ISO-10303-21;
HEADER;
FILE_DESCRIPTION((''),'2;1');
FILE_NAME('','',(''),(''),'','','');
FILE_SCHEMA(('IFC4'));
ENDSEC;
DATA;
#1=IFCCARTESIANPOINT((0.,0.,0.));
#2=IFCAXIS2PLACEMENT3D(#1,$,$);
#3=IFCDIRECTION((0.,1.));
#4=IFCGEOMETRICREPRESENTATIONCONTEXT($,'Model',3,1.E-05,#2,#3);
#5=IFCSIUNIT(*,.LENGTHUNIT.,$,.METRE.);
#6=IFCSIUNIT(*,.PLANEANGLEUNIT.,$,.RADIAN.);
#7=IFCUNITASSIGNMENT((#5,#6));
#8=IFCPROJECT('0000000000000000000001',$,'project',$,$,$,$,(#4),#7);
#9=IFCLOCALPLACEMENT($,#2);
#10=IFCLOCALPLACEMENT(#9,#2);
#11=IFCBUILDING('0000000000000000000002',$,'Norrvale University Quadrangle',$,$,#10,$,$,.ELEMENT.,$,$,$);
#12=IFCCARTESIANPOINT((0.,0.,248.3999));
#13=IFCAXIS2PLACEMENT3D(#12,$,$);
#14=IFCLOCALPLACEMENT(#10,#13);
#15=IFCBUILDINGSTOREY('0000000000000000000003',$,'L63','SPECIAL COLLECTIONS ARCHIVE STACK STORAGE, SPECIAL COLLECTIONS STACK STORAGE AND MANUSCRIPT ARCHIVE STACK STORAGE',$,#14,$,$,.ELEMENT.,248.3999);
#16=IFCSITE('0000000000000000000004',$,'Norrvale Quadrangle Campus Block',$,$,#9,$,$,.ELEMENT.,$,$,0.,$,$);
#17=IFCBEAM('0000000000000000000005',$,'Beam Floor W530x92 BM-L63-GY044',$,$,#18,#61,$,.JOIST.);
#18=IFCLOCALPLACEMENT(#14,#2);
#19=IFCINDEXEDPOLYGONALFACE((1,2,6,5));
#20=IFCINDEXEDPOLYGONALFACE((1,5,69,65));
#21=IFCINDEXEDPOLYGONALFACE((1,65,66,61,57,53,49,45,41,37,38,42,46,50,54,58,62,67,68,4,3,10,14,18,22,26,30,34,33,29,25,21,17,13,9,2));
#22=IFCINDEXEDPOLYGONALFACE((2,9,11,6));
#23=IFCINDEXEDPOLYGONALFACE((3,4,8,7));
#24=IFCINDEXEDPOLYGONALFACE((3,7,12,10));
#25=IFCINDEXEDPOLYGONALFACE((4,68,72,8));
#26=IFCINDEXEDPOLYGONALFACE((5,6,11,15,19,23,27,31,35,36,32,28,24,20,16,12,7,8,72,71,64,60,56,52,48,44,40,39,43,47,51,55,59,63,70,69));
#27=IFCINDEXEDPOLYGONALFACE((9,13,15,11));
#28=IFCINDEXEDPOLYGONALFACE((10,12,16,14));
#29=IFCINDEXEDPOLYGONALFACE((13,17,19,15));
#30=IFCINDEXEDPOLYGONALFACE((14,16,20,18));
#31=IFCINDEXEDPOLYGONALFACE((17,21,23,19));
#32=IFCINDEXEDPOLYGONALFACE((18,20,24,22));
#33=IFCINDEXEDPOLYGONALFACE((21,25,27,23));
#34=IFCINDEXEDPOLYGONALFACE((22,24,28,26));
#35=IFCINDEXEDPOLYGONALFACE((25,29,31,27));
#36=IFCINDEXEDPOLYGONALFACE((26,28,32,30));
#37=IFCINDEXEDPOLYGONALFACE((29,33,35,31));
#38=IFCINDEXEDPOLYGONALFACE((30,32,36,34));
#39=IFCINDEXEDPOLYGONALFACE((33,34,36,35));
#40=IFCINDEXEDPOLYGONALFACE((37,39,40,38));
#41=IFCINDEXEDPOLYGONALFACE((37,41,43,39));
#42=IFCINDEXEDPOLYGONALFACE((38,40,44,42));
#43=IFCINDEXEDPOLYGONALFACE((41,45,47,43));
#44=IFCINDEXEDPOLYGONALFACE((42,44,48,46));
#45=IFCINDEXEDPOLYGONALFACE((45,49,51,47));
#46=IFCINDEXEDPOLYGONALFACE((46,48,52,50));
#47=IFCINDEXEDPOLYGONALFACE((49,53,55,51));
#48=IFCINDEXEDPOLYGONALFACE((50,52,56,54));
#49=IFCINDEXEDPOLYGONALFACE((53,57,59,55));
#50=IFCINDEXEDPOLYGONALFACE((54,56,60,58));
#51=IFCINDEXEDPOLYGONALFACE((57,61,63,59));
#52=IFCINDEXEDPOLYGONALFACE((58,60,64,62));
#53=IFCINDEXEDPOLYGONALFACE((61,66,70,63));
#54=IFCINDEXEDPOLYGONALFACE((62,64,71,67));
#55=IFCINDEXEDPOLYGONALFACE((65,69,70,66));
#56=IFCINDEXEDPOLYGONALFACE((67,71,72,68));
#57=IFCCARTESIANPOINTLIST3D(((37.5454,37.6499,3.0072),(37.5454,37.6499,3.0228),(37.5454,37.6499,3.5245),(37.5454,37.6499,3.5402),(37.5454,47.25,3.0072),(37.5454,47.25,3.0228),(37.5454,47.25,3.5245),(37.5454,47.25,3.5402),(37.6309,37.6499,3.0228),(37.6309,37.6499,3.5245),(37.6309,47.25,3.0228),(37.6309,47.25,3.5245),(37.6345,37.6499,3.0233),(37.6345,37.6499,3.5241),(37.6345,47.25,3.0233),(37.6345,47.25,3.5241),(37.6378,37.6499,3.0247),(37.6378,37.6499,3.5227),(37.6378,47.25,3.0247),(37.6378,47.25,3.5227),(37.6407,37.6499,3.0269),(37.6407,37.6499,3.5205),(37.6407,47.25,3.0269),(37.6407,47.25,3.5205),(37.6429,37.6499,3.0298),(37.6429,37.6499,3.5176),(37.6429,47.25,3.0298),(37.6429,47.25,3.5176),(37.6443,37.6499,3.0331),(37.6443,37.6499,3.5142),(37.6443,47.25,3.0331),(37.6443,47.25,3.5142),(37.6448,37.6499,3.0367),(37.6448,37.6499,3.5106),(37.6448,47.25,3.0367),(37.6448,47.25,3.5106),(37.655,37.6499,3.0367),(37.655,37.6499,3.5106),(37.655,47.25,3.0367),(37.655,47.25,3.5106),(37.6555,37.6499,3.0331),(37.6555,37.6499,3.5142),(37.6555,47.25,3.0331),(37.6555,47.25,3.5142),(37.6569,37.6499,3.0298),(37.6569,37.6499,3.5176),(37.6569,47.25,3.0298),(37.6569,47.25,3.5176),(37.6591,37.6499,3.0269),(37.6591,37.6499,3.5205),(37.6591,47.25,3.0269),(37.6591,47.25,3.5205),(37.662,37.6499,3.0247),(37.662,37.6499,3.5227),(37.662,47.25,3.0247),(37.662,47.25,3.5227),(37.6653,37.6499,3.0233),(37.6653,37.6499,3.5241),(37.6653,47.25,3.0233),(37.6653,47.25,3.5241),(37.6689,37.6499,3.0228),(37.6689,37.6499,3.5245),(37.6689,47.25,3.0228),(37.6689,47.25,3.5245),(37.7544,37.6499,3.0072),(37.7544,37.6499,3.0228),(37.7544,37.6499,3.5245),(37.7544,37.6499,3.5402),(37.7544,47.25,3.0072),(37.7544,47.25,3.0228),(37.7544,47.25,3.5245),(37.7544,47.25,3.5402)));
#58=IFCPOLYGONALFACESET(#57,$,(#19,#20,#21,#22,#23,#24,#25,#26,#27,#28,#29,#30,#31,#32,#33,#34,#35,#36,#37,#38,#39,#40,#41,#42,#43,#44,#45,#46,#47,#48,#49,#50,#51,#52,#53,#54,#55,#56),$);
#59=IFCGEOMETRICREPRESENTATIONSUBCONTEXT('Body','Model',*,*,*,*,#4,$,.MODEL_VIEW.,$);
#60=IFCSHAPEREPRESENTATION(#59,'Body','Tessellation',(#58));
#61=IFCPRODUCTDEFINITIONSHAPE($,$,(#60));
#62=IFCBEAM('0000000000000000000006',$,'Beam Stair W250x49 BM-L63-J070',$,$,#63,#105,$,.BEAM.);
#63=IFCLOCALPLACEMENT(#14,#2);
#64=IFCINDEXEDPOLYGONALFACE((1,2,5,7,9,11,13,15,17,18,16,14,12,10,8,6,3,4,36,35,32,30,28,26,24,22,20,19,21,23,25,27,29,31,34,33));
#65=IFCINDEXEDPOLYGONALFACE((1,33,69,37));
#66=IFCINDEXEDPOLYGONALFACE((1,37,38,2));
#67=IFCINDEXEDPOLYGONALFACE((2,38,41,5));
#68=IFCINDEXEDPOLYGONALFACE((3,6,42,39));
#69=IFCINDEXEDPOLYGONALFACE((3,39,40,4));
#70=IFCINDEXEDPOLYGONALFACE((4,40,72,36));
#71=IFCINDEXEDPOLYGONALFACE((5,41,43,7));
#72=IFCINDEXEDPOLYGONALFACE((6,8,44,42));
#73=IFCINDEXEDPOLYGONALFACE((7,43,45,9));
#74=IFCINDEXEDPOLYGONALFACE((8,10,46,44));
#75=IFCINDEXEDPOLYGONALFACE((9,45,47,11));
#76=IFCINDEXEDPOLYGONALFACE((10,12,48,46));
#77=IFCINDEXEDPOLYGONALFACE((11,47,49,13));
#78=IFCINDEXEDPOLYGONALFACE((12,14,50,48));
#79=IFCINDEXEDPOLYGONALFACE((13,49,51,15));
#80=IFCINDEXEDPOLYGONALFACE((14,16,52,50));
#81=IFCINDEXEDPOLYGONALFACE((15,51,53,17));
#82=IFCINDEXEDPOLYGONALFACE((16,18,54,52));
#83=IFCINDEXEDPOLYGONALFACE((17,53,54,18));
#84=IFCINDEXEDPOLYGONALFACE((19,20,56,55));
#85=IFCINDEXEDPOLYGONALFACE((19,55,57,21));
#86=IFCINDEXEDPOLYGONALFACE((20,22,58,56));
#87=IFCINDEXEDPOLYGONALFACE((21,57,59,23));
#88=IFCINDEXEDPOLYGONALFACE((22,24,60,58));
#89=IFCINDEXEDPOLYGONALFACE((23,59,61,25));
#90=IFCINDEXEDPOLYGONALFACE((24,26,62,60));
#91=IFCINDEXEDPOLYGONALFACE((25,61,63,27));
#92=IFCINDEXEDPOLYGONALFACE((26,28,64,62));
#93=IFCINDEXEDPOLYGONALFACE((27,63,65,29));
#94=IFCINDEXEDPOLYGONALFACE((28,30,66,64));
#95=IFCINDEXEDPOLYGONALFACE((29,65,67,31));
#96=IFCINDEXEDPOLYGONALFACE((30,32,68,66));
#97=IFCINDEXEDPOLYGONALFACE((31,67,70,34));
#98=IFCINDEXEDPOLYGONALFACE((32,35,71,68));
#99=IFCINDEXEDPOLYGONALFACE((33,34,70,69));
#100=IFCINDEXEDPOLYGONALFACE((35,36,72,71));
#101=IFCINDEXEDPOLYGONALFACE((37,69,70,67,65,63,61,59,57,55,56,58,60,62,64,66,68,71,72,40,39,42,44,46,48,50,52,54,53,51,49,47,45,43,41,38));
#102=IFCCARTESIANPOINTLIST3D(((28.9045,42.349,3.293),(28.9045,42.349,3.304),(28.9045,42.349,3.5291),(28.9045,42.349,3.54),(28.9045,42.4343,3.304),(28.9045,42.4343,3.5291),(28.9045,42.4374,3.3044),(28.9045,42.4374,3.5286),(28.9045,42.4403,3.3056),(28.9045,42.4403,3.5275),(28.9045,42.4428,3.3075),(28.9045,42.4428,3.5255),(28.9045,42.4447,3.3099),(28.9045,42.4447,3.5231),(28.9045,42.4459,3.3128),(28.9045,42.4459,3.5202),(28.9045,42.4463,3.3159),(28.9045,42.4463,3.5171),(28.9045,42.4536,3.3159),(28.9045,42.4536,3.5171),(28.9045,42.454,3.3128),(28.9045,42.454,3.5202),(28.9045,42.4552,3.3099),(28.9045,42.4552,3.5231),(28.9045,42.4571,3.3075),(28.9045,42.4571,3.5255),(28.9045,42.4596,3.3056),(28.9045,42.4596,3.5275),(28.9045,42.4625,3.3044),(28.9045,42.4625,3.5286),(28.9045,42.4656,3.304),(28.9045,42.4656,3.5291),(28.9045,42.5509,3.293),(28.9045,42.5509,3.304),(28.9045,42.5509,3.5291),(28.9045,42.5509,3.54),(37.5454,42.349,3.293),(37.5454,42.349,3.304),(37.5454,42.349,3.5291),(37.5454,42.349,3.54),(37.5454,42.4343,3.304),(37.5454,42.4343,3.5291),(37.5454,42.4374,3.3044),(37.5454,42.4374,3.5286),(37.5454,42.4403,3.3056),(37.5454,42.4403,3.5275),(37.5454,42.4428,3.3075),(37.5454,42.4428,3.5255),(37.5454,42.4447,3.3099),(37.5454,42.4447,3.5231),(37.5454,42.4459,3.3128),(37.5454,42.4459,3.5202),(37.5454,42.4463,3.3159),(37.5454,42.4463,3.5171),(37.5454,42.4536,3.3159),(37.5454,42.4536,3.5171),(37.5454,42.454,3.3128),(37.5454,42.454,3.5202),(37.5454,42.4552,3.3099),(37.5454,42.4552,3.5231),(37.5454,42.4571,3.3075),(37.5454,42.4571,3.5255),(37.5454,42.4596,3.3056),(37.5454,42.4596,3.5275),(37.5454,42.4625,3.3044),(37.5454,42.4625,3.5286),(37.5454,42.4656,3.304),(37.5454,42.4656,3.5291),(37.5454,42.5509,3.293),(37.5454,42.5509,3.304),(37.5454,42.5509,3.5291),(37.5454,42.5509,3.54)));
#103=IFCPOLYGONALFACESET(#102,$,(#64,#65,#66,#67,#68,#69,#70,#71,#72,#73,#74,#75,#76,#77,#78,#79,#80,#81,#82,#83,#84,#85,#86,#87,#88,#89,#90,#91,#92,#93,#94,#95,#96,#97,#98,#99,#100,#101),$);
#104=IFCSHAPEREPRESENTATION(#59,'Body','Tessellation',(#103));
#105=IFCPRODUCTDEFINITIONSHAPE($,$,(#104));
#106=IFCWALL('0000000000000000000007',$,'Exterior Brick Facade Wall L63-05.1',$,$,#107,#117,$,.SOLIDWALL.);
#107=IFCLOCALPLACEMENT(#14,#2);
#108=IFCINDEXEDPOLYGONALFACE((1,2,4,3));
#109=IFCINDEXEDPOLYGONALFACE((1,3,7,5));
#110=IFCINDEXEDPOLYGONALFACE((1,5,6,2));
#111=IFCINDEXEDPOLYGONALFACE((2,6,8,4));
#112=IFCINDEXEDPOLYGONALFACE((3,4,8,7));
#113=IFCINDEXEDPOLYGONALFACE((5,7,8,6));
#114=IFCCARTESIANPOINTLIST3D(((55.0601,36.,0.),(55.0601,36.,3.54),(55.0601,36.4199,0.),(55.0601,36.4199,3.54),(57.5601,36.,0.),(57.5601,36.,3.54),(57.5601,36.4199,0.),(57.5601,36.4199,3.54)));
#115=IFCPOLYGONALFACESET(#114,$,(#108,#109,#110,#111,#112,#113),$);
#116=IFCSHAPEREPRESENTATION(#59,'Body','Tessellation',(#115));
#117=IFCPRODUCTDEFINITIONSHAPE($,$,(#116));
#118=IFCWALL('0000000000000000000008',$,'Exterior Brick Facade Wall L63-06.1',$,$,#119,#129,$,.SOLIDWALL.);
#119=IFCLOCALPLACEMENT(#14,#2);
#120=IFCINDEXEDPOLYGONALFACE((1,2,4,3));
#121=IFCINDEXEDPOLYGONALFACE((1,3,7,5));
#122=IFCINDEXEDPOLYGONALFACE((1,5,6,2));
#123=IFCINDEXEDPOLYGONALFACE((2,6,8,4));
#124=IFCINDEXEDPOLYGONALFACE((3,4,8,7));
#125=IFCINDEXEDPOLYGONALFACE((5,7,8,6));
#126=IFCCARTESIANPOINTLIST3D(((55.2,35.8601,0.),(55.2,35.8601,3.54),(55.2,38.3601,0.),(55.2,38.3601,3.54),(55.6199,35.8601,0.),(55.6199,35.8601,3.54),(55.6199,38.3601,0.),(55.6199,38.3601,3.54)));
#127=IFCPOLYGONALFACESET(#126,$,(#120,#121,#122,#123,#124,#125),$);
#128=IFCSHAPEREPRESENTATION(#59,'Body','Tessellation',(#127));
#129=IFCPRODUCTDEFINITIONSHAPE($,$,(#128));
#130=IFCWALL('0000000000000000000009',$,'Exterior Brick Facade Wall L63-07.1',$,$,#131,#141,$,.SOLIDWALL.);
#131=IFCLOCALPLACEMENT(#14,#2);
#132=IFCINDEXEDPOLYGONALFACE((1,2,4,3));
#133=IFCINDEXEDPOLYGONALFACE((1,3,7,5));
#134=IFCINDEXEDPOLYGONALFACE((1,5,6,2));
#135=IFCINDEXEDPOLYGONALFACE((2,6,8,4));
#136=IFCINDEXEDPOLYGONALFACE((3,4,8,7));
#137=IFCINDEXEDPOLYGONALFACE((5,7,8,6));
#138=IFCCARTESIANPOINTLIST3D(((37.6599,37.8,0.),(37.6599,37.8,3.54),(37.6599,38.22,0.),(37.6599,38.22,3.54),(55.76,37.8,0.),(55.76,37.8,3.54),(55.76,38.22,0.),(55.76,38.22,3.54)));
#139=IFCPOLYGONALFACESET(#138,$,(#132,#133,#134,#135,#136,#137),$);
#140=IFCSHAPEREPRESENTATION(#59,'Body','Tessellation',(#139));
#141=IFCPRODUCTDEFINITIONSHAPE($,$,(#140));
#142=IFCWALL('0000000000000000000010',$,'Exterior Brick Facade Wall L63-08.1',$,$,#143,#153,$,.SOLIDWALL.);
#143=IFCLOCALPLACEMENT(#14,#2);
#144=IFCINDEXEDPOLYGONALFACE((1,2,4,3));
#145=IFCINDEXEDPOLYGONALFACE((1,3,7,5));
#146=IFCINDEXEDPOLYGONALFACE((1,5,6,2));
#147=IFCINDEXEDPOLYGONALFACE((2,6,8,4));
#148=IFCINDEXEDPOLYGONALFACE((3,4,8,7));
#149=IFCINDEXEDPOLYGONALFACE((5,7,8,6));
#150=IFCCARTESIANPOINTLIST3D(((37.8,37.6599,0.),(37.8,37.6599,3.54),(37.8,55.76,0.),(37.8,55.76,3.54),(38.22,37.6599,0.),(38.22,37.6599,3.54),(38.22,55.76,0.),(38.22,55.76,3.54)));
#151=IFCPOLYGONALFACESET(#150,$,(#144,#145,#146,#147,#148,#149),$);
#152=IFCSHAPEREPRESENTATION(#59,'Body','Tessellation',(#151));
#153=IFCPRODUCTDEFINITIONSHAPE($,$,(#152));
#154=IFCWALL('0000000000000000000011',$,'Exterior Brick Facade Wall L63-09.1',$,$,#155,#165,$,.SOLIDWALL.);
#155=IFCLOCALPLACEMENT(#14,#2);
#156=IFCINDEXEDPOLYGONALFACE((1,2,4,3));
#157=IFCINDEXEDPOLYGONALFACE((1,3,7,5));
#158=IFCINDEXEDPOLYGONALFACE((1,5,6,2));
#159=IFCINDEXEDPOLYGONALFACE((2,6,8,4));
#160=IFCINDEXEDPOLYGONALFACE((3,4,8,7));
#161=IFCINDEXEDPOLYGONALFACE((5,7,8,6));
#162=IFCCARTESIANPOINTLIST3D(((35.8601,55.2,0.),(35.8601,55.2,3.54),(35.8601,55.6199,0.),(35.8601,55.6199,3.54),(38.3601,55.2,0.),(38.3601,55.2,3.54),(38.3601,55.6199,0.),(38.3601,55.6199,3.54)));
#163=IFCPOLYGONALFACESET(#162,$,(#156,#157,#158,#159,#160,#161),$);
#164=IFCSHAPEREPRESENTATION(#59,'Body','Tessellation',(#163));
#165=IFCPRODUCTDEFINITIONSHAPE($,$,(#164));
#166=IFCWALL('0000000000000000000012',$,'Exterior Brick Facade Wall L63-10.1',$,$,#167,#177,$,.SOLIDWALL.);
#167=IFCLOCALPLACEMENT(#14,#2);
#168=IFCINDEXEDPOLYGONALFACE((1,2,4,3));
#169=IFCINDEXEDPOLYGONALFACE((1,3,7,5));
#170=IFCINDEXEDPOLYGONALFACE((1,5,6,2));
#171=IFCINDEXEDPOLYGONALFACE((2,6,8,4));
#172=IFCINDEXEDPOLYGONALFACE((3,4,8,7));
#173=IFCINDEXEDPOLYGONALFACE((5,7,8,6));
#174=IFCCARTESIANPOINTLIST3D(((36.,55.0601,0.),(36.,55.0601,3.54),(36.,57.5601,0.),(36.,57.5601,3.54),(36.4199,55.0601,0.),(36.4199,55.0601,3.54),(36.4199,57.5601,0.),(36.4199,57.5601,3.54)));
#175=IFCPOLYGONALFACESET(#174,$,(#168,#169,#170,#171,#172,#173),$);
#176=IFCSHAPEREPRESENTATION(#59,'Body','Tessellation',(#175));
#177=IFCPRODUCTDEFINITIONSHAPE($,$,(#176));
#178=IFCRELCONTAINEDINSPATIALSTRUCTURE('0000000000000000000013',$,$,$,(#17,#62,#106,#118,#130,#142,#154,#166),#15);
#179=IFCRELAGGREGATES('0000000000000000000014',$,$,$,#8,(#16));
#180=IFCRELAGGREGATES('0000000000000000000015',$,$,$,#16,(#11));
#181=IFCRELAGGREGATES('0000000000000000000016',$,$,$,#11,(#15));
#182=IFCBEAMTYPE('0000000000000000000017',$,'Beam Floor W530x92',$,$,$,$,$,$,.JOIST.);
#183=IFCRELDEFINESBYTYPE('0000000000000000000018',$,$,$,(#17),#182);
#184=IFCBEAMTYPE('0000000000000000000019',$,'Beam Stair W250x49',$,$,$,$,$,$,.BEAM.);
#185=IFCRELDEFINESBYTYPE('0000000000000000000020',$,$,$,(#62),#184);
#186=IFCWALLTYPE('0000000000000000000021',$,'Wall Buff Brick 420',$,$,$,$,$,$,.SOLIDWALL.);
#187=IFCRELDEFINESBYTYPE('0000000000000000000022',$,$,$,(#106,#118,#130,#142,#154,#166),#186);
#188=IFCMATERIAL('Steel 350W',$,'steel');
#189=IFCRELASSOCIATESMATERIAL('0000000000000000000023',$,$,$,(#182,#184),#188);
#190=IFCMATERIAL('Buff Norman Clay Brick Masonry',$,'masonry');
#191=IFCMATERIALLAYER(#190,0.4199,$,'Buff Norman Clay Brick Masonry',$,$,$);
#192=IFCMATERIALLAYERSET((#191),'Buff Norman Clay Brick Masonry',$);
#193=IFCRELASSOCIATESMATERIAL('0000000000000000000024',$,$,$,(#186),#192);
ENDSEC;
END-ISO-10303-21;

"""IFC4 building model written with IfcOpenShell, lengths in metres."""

from ifc_helpers import new_model, si_unit, direction, frame, frame_2d, origin, origin_2d, place, context, subcontext, project, spatial, rectangle, i_section, extrude, material, layer, layer_set, material_profile, profile_set, type_object, element, save


model = new_model("IFC4")

# Units and contexts
model_context = context("Model", 3, precision=1e-05, world=origin(), true_north=direction((0.0, 1.0)))
body_context = subcontext(model_context, "Body", "Model", "MODEL_VIEW")
ifc_project = project(units=[si_unit("LENGTHUNIT", "METRE"), si_unit("PLANEANGLEUNIT", "RADIAN")], contexts=[model_context])

# Site, building, storey
site_placement = place(None, origin())
site = spatial("IfcSite", under=ifc_project, at=site_placement, Name="Norrvale Quadrangle Campus Block", CompositionType="ELEMENT", RefElevation=0.0)
building_placement = place(site_placement, origin())
building = spatial("IfcBuilding", under=site, at=building_placement, Name="Norrvale University Quadrangle", CompositionType="ELEMENT")
storey_placement = place(building_placement, frame((0.0, 0.0, 248.3999)))
storey = spatial("IfcBuildingStorey", under=building, at=storey_placement, Name="L63", Description="SPECIAL COLLECTIONS ARCHIVE STACK STORAGE, SPECIAL COLLECTIONS STACK STORAGE AND MANUSCRIPT ARCHIVE STACK STORAGE", CompositionType="ELEMENT", Elevation=248.3999)

# Beams
ifc_material_1 = material(Name="Steel 350W", Category="steel")
ifc_material_profile_1 = material_profile(ifc_material_1, i_section(OverallWidth=0.209, OverallDepth=0.533, WebThickness=0.0103, FlangeThickness=0.0156, FilletRadius=0.0139, at=origin_2d()), Name="Steel 350W")
ifc_profile_set_1 = profile_set([ifc_material_profile_1], Name="Steel 350W")
beam_type_1 = type_object("IfcBeamType", Name="Beam Floor W530x92", PredefinedType="JOIST", material=ifc_profile_set_1)
for number, where, z_axis, x_axis, name in (
    (1, (37.6499, 37.6499, 3.2737), (0.0, 1.0, 0.0), (-1.0, 0.0, 0.0), "Beam Floor W530x92 BM-L63-GY044"),
):
    element("IfcBeam", number, at=place(storey_placement, frame(where, z_axis=z_axis, x_axis=x_axis)), inside=storey, type_object=beam_type_1, Name=name, PredefinedType="JOIST", context=body_context, shape_type="SweptSolid", body=[
        extrude(i_section(OverallWidth=0.209, OverallDepth=0.533, WebThickness=0.0103, FlangeThickness=0.0156, FilletRadius=0.0139, at=origin_2d()), origin(), (0.0, 0.0, 1.0), 9.6001),
    ])
ifc_material_profile_2 = material_profile(ifc_material_1, i_section(OverallWidth=0.2019, OverallDepth=0.2471, WebThickness=0.0073, FlangeThickness=0.011, FilletRadius=0.012, at=origin_2d()), Name="Steel 350W")
ifc_profile_set_2 = profile_set([ifc_material_profile_2], Name="Steel 350W")
beam_type_2 = type_object("IfcBeamType", Name="Beam Stair W250x49", PredefinedType="BEAM", material=ifc_profile_set_2)
beam_placement = place(storey_placement, frame((28.9045, 42.45, 3.4165), z_axis=(1.0, 0.0, 0.0), x_axis=(0.0, 1.0, 0.0)))
element("IfcBeam", 2, at=beam_placement, inside=storey, type_object=beam_type_2, Name="Beam Stair W250x49 BM-L63-J070", PredefinedType="BEAM", context=body_context, shape_type="SweptSolid", body=[
    extrude(i_section(OverallWidth=0.2019, OverallDepth=0.2471, WebThickness=0.0073, FlangeThickness=0.011, FilletRadius=0.012, at=origin_2d()), origin(), (0.0, 0.0, 1.0), 8.6409),
])

# Walls
ifc_material_2 = material(Name="Buff Norman Clay Brick Masonry", Category="masonry")
ifc_layer_1 = layer(ifc_material_2, 0.4199, Name="Buff Norman Clay Brick Masonry")
ifc_layer_set_1 = layer_set([ifc_layer_1], Name="Buff Norman Clay Brick Masonry")
wall_type_1 = type_object("IfcWallType", Name="Wall Buff Brick 420", PredefinedType="SOLIDWALL", material=ifc_layer_set_1)
for number, where, z_axis, x_axis, name in (
    (3, (57.5601, 36.21, 0.0), (0.0, 0.0, 1.0), (-1.0, 0.0, 0.0), "Exterior Brick Facade Wall L63-05.1"),
    (4, (55.4099, 35.8601, 0.0), (0.0, 0.0, 1.0), (0.0, 1.0, 0.0), "Exterior Brick Facade Wall L63-06.1"),
):
    element("IfcWall", number, at=place(storey_placement, frame(where, z_axis=z_axis, x_axis=x_axis)), inside=storey, type_object=wall_type_1, Name=name, PredefinedType="SOLIDWALL", context=body_context, shape_type="SweptSolid", body=[
        extrude(rectangle(XDim=2.5, YDim=0.4199, at=frame_2d((1.25, 0.0))), origin(), (0.0, 0.0, 1.0), 3.54),
    ])
for number, where, z_axis, x_axis, name in (
    (5, (55.76, 38.01, 0.0), (0.0, 0.0, 1.0), (-1.0, 0.0, 0.0), "Exterior Brick Facade Wall L63-07.1"),
    (6, (38.01, 37.6599, 0.0), (0.0, 0.0, 1.0), (0.0, 1.0, 0.0), "Exterior Brick Facade Wall L63-08.1"),
):
    element("IfcWall", number, at=place(storey_placement, frame(where, z_axis=z_axis, x_axis=x_axis)), inside=storey, type_object=wall_type_1, Name=name, PredefinedType="SOLIDWALL", context=body_context, shape_type="SweptSolid", body=[
        extrude(rectangle(XDim=18.1001, YDim=0.4199, at=frame_2d((9.05, 0.0))), origin(), (0.0, 0.0, 1.0), 3.54),
    ])
for number, where, z_axis, x_axis, name in (
    (7, (38.3601, 55.4099, 0.0), (0.0, 0.0, 1.0), (-1.0, 0.0, 0.0), "Exterior Brick Facade Wall L63-09.1"),
    (8, (36.21, 55.0601, 0.0), (0.0, 0.0, 1.0), (0.0, 1.0, 0.0), "Exterior Brick Facade Wall L63-10.1"),
):
    element("IfcWall", number, at=place(storey_placement, frame(where, z_axis=z_axis, x_axis=x_axis)), inside=storey, type_object=wall_type_1, Name=name, PredefinedType="SOLIDWALL", context=body_context, shape_type="SweptSolid", body=[
        extrude(rectangle(XDim=2.5, YDim=0.4199, at=frame_2d((1.25, 0.0))), origin(), (0.0, 0.0, 1.0), 3.54),
    ])

save(model, "model.ifc")
